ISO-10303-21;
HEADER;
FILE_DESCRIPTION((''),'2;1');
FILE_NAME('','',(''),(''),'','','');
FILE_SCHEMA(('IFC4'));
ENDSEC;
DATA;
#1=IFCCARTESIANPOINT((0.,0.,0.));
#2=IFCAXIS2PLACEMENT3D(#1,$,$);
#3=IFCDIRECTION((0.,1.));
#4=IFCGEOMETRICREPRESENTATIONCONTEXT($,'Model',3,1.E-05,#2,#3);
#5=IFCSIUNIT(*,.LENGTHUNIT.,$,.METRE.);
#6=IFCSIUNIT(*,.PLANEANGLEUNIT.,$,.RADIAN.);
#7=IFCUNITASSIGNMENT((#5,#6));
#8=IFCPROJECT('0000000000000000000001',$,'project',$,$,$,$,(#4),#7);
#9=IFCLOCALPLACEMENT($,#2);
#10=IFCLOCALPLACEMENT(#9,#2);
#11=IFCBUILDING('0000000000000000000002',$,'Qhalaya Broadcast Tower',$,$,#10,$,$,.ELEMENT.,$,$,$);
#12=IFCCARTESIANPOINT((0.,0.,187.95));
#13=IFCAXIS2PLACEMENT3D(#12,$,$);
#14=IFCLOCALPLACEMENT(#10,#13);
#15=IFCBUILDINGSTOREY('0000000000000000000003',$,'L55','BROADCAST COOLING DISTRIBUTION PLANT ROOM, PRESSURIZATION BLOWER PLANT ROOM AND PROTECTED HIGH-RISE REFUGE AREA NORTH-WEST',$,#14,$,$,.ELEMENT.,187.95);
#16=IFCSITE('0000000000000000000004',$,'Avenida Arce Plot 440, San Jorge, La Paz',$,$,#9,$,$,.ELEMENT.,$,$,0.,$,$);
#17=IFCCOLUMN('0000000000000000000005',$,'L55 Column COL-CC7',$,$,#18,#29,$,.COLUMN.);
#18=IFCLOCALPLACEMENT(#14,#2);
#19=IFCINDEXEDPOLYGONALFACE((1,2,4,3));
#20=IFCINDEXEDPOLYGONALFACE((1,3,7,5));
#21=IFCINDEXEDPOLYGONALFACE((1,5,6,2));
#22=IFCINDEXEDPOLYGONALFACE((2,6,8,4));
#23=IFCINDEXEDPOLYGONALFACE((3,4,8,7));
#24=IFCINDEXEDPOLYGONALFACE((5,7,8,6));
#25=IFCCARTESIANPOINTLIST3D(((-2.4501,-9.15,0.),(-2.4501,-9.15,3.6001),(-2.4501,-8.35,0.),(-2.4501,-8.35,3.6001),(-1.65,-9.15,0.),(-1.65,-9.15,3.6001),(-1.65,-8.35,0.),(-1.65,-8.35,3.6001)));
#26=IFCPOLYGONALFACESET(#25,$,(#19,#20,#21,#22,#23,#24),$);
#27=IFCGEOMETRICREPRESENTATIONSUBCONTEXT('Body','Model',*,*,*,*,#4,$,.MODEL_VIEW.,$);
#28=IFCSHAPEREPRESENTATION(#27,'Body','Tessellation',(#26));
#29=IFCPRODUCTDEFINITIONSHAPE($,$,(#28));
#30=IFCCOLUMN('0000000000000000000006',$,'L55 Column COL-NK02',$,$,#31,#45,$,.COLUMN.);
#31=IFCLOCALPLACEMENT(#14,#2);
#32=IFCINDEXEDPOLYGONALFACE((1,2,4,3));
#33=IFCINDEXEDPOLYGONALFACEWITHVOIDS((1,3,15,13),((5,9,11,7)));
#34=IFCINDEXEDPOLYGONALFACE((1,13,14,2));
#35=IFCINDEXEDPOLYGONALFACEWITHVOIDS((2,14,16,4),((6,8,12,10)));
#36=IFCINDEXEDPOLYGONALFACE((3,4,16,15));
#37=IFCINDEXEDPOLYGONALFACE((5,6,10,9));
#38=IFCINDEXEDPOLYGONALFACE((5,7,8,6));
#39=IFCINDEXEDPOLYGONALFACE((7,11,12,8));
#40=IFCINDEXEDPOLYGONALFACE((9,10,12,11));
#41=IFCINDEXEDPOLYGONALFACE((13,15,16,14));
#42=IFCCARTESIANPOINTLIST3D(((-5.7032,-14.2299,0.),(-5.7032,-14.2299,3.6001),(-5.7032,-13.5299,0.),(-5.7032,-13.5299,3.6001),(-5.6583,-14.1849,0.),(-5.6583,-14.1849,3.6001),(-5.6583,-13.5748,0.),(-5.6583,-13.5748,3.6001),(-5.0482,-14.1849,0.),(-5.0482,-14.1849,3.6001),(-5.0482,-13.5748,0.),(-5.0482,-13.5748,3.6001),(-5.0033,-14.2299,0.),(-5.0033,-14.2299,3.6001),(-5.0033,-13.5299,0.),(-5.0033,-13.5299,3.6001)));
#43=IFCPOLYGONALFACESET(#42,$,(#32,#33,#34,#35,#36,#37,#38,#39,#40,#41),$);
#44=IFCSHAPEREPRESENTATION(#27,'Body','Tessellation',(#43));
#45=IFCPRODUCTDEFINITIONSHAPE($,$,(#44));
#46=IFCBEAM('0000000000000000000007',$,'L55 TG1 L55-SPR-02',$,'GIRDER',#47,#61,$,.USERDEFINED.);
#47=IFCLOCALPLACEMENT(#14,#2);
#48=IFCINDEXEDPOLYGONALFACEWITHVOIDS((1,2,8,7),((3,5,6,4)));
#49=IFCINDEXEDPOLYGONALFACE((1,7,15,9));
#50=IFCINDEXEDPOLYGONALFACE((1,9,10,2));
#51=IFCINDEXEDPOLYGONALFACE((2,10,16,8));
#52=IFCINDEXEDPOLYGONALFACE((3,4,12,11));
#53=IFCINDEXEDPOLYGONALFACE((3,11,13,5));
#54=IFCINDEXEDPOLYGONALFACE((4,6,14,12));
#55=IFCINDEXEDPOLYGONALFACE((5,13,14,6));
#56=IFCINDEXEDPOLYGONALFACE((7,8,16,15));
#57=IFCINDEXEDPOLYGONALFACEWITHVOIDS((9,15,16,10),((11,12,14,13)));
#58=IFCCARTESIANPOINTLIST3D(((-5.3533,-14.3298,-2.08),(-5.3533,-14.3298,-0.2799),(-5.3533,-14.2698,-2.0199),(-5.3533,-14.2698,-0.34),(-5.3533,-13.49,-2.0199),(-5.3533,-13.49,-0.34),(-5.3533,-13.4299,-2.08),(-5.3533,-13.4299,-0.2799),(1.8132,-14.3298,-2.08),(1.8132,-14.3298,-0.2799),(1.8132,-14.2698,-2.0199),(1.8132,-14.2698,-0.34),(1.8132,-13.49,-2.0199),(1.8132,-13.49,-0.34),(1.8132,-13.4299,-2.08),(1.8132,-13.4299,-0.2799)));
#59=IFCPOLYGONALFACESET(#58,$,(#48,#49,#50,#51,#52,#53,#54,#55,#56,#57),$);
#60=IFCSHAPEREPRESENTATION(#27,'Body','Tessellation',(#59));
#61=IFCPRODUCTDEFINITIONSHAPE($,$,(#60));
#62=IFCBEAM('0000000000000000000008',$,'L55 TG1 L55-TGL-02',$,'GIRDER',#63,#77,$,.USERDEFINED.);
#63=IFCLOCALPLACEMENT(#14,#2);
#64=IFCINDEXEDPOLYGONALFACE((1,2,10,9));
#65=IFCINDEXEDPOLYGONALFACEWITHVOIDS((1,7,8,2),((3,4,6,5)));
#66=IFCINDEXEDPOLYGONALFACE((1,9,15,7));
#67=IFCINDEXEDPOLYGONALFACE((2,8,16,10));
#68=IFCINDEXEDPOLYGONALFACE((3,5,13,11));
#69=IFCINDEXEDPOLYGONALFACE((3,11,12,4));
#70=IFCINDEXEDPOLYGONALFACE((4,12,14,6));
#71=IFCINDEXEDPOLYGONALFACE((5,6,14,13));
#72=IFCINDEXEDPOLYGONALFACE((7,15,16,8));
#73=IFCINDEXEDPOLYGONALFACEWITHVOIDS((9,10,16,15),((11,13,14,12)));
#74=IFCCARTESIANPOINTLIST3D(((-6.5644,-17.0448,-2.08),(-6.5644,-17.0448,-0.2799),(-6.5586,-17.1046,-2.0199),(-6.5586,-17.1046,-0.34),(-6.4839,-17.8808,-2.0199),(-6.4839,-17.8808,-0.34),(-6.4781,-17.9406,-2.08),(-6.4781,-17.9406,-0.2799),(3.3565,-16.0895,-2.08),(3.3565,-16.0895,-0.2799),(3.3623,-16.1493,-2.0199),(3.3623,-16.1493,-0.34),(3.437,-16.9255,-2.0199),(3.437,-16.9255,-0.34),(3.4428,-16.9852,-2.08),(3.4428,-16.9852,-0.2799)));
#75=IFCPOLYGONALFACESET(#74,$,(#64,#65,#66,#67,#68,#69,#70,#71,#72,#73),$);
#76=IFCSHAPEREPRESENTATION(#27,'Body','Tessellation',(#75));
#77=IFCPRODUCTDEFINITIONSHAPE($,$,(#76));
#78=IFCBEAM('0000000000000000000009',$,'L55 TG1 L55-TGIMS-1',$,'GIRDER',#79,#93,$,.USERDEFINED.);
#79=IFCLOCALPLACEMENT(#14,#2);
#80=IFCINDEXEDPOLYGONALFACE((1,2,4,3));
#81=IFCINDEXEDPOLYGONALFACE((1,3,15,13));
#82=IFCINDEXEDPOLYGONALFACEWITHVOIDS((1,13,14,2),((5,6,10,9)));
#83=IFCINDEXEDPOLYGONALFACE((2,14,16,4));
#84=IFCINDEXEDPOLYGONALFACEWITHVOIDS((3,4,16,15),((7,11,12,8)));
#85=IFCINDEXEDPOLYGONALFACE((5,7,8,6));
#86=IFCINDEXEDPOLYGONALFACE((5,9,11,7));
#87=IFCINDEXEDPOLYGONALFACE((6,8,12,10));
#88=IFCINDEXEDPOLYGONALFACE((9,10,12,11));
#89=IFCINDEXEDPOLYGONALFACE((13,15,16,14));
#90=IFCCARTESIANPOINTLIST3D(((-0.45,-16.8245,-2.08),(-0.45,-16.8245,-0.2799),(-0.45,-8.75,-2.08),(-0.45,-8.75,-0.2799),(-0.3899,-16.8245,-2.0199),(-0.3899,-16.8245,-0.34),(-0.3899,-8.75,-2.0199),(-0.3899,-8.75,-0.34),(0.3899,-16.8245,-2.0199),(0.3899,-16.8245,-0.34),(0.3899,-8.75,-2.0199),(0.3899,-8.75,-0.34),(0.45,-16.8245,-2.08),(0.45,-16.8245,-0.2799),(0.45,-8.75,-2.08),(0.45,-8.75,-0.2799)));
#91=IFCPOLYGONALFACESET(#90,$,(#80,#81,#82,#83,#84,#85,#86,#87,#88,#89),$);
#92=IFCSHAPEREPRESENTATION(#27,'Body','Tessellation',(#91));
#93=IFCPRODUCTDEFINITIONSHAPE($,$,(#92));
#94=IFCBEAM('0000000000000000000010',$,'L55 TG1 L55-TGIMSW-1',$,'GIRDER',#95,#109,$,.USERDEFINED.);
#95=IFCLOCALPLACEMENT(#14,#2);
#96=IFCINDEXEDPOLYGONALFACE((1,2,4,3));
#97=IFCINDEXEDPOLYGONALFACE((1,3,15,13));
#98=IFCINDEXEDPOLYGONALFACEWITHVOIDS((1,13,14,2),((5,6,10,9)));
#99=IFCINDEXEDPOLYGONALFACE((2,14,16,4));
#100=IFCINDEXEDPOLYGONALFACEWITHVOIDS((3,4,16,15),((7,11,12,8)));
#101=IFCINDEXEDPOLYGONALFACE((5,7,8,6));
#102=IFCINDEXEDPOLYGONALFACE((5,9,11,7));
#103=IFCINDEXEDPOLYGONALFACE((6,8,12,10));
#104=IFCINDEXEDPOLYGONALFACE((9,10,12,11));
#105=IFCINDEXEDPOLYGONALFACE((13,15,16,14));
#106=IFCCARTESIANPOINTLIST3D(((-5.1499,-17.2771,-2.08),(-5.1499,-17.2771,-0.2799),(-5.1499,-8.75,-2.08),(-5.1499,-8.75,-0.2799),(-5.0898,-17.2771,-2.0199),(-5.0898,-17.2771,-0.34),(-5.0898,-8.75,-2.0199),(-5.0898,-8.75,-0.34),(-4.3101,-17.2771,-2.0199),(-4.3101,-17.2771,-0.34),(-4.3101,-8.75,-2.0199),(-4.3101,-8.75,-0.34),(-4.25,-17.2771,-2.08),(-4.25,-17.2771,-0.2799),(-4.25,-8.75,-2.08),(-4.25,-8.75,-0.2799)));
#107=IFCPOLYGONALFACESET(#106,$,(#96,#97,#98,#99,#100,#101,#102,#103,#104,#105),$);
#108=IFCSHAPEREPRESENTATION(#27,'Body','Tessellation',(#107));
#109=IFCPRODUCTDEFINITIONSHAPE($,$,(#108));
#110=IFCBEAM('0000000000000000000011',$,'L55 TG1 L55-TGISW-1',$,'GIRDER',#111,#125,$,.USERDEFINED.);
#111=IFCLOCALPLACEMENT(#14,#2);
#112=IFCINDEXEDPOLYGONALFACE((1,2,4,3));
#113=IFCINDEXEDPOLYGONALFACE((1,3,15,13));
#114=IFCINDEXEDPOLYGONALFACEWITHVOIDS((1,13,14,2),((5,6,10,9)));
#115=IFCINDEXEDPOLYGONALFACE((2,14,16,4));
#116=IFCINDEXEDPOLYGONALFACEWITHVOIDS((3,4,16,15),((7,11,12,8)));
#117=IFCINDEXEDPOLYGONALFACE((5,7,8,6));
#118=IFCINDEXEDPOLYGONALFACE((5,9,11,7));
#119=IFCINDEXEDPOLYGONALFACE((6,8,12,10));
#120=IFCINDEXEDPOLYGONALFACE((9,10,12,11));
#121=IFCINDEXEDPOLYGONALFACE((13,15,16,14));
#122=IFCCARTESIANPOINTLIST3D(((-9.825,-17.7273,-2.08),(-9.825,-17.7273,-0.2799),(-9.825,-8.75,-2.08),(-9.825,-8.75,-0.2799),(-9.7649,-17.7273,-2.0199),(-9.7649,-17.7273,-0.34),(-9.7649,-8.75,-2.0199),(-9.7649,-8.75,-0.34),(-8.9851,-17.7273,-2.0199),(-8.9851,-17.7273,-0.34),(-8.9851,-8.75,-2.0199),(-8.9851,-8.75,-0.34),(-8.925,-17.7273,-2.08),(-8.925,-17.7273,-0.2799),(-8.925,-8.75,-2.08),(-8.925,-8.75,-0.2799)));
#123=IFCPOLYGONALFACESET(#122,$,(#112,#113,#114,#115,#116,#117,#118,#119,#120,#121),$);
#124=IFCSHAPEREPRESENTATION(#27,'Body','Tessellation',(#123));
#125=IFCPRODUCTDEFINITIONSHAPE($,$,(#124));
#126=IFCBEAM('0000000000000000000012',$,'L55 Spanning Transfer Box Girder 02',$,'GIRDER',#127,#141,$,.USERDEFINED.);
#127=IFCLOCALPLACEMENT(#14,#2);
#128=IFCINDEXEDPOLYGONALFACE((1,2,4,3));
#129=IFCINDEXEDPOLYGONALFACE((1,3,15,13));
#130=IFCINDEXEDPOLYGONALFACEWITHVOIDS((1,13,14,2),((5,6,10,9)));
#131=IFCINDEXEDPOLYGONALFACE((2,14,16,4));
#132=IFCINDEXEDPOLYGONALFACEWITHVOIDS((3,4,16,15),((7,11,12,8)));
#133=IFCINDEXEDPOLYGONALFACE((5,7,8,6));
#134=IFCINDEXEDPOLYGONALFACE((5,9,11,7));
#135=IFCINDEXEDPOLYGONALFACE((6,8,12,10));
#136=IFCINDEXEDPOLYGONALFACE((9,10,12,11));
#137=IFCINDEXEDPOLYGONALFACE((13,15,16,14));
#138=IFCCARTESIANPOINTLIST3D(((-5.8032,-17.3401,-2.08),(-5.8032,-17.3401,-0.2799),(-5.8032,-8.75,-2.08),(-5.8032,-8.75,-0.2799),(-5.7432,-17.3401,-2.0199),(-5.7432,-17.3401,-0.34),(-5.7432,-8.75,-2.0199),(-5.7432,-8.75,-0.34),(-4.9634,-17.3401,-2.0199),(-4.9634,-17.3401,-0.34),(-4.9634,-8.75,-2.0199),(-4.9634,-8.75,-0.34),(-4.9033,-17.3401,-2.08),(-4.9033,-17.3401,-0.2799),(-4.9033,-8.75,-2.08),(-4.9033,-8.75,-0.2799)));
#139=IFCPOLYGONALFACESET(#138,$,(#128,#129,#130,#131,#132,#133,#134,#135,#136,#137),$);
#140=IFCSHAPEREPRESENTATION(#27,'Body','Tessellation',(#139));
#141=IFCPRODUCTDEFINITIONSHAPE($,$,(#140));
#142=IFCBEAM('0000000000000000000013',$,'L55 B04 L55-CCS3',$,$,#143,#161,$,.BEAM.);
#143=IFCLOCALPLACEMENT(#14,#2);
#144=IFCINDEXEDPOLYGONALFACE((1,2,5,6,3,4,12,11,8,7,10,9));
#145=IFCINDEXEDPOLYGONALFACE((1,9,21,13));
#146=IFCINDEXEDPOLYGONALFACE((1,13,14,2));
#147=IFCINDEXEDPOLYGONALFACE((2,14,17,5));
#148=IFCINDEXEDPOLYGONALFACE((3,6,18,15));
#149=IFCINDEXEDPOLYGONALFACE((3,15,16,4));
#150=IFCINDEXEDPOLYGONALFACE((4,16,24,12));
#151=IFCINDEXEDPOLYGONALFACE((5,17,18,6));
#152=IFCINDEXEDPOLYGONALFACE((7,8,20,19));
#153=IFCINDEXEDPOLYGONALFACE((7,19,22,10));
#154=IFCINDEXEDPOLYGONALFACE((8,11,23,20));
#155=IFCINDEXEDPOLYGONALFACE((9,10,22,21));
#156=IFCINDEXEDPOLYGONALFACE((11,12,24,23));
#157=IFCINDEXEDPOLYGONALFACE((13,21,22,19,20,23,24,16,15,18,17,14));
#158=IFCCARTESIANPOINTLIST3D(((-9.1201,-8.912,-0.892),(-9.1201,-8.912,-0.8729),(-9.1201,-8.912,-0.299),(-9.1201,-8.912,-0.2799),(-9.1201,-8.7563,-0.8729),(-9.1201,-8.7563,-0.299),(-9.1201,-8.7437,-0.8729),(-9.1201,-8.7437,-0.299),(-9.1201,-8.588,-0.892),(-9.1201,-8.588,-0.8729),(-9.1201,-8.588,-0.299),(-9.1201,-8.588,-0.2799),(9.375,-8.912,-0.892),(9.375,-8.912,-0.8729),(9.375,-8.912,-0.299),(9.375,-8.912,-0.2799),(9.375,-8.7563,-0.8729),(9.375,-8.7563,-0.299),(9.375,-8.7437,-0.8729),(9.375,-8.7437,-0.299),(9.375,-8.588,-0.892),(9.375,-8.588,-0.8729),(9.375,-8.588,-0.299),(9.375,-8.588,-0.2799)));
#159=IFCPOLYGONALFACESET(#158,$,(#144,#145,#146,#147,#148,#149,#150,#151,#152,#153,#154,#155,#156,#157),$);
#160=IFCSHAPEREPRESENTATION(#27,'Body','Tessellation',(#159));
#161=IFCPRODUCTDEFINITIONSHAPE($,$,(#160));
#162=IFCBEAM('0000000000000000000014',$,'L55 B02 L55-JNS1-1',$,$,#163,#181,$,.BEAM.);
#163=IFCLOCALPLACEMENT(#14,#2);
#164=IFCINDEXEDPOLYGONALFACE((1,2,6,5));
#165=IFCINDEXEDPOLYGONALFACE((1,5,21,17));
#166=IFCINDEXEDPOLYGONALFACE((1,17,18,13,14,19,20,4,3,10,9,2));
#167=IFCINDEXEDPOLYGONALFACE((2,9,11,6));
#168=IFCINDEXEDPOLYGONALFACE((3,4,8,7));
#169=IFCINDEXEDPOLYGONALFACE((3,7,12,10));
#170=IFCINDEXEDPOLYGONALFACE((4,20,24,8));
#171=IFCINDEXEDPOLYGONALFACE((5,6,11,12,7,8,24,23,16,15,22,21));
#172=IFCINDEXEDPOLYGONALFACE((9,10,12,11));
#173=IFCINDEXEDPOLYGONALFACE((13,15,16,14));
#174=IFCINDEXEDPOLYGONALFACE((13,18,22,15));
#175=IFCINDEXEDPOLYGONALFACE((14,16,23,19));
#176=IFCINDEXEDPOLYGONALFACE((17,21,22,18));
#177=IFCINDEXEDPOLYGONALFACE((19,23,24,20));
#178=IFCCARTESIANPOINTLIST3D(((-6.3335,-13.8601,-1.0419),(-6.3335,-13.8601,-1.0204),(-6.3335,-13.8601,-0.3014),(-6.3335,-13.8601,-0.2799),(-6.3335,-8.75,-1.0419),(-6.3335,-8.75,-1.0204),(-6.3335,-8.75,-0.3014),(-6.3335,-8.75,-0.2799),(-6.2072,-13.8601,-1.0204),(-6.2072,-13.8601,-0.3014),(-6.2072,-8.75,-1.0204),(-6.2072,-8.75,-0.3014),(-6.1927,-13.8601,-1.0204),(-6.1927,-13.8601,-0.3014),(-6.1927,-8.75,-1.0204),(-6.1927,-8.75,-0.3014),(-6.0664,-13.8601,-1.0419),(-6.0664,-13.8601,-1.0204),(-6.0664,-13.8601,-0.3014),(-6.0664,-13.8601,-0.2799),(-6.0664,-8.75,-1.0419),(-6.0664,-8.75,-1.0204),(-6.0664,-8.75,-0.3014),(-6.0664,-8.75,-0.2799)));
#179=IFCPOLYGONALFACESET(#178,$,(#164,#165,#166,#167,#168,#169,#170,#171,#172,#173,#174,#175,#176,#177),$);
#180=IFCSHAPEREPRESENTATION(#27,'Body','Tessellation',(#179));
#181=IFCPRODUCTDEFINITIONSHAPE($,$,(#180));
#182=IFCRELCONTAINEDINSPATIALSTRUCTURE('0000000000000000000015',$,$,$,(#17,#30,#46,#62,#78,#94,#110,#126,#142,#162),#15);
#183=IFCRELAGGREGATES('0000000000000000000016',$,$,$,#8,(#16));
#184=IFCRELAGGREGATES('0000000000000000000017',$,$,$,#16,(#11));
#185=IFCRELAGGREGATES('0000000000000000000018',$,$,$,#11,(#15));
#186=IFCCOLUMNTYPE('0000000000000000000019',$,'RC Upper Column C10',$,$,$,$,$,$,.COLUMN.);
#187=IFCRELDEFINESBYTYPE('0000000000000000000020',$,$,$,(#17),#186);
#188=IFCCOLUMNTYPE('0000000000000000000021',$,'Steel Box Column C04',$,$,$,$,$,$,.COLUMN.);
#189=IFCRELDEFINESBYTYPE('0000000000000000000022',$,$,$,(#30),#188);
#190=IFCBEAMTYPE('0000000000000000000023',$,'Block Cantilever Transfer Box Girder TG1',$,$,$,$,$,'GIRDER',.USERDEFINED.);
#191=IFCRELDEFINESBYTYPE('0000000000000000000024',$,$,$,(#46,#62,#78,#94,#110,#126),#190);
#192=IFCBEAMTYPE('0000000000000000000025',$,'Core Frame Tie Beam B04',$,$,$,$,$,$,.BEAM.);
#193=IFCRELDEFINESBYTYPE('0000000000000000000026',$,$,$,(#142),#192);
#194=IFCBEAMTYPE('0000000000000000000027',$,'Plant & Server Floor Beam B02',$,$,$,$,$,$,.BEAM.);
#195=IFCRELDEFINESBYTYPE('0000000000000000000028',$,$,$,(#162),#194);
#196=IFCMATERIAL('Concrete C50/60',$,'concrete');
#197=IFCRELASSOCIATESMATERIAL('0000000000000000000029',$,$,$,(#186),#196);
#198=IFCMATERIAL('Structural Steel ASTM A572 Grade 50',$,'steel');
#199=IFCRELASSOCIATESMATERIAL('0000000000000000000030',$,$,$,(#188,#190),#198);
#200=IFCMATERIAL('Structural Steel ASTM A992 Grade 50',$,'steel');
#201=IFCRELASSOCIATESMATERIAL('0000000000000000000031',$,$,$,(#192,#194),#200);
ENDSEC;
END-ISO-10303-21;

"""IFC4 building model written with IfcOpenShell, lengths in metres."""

from ifc_helpers import new_model, si_unit, direction, frame, origin, origin_2d, place, context, subcontext, project, spatial, rectangle, hollow_rectangle, i_section, extrude, material, material_profile, profile_set, type_object, element, save


model = new_model("IFC4")

# Units and contexts
model_context = context("Model", 3, precision=1e-05, world=origin(), true_north=direction((0.0, 1.0)))
body_context = subcontext(model_context, "Body", "Model", "MODEL_VIEW")
ifc_project = project(units=[si_unit("LENGTHUNIT", "METRE"), si_unit("PLANEANGLEUNIT", "RADIAN")], contexts=[model_context])

# Site, building, storey
site_placement = place(None, origin())
site = spatial("IfcSite", under=ifc_project, at=site_placement, Name="Avenida Arce Plot 440, San Jorge, La Paz", CompositionType="ELEMENT", RefElevation=0.0)
building_placement = place(site_placement, origin())
building = spatial("IfcBuilding", under=site, at=building_placement, Name="Qhalaya Broadcast Tower", CompositionType="ELEMENT")
storey_placement = place(building_placement, frame((0.0, 0.0, 187.95)))
storey = spatial("IfcBuildingStorey", under=building, at=storey_placement, Name="L55", Description="BROADCAST COOLING DISTRIBUTION PLANT ROOM, PRESSURIZATION BLOWER PLANT ROOM AND PROTECTED HIGH-RISE REFUGE AREA NORTH-WEST", CompositionType="ELEMENT", Elevation=187.95)

# Columns
ifc_material_1 = material(Name="Concrete C50/60", Category="concrete")
ifc_material_profile_1 = material_profile(ifc_material_1, rectangle(XDim=0.8, YDim=0.8, at=origin_2d()), Name="RC-COL 800x800")
ifc_profile_set_1 = profile_set([ifc_material_profile_1], Name="Concrete C50/60")
column_type_1 = type_object("IfcColumnType", Name="RC Upper Column C10", PredefinedType="COLUMN", material=ifc_profile_set_1)
column_1_placement = place(storey_placement, frame((-2.05, -8.75, 0.0), z_axis=(0.0, 0.0, 1.0), x_axis=(1.0, 0.0, 0.0)))
element("IfcColumn", 1, at=column_1_placement, inside=storey, type_object=column_type_1, Name="L55 Column COL-CC7", PredefinedType="COLUMN", context=body_context, shape_type="SweptSolid", body=[
    extrude(rectangle(XDim=0.8, YDim=0.8, at=origin_2d()), origin(), (0.0, 0.0, 1.0), 3.6001),
])
ifc_material_2 = material(Name="Structural Steel ASTM A572 Grade 50", Category="steel")
ifc_material_profile_2 = material_profile(ifc_material_2, hollow_rectangle(XDim=0.7, YDim=0.7, WallThickness=0.0449, at=origin_2d()), Name="BOX 700x700x45")
ifc_profile_set_2 = profile_set([ifc_material_profile_2], Name="Structural Steel ASTM A572 Grade 50")
column_type_2 = type_object("IfcColumnType", Name="Steel Box Column C04", PredefinedType="COLUMN", material=ifc_profile_set_2)
column_2_placement = place(storey_placement, frame((-5.3533, -13.8799, 0.0), z_axis=(0.0, 0.0, 1.0), x_axis=(1.0, 0.0, 0.0)))
element("IfcColumn", 2, at=column_2_placement, inside=storey, type_object=column_type_2, Name="L55 Column COL-NK02", PredefinedType="COLUMN", context=body_context, shape_type="SweptSolid", body=[
    extrude(hollow_rectangle(XDim=0.7, YDim=0.7, WallThickness=0.0449, at=origin_2d()), origin(), (0.0, 0.0, 1.0), 3.6001),
])

# Beams
ifc_material_profile_3 = material_profile(ifc_material_2, hollow_rectangle(XDim=0.8999, YDim=1.8, WallThickness=0.0601, at=origin_2d()), Name="BOX 900x1800x60")
ifc_profile_set_3 = profile_set([ifc_material_profile_3], Name="Structural Steel ASTM A572 Grade 50")
beam_type_1 = type_object("IfcBeamType", Name="Block Cantilever Transfer Box Girder TG1", ElementType="GIRDER", PredefinedType="USERDEFINED", material=ifc_profile_set_3)
beam_1_placement = place(storey_placement, frame((-5.3533, -13.8799, -1.1799), z_axis=(1.0, 0.0, 0.0), x_axis=(0.0, 1.0, 0.0)))
element("IfcBeam", 3, at=beam_1_placement, inside=storey, type_object=beam_type_1, Name="L55 TG1 L55-SPR-02", ObjectType="GIRDER", PredefinedType="USERDEFINED", context=body_context, shape_type="SweptSolid", body=[
    extrude(hollow_rectangle(XDim=0.8999, YDim=1.8, WallThickness=0.0601, at=origin_2d()), origin(), (0.0, 0.0, 1.0), 7.1665),
])
beam_2_placement = place(storey_placement, frame((-6.5212, -17.4927, -1.1799), z_axis=(0.995396, 0.095851, 0.0), x_axis=(-0.095851, 0.995396, 0.0)))
element("IfcBeam", 4, at=beam_2_placement, inside=storey, type_object=beam_type_1, Name="L55 TG1 L55-TGL-02", ObjectType="GIRDER", PredefinedType="USERDEFINED", context=body_context, shape_type="SweptSolid", body=[
    extrude(hollow_rectangle(XDim=0.8999, YDim=1.8, WallThickness=0.0601, at=origin_2d()), origin(), (0.0, 0.0, 1.0), 9.9668),
])
beam_3_placement = place(storey_placement, frame((0.0, -16.8245, -1.1799), z_axis=(0.0, 1.0, 0.0), x_axis=(-1.0, 0.0, 0.0)))
element("IfcBeam", 5, at=beam_3_placement, inside=storey, type_object=beam_type_1, Name="L55 TG1 L55-TGIMS-1", ObjectType="GIRDER", PredefinedType="USERDEFINED", context=body_context, shape_type="SweptSolid", body=[
    extrude(hollow_rectangle(XDim=0.8999, YDim=1.8, WallThickness=0.0601, at=origin_2d()), origin(), (0.0, 0.0, 1.0), 8.0745),
])
beam_4_placement = place(storey_placement, frame((-4.7, -17.2771, -1.1799), z_axis=(0.0, 1.0, 0.0), x_axis=(-1.0, 0.0, 0.0)))
element("IfcBeam", 6, at=beam_4_placement, inside=storey, type_object=beam_type_1, Name="L55 TG1 L55-TGIMSW-1", ObjectType="GIRDER", PredefinedType="USERDEFINED", context=body_context, shape_type="SweptSolid", body=[
    extrude(hollow_rectangle(XDim=0.8999, YDim=1.8, WallThickness=0.0601, at=origin_2d()), origin(), (0.0, 0.0, 1.0), 8.5271),
])
beam_5_placement = place(storey_placement, frame((-9.375, -17.7273, -1.1799), z_axis=(0.0, 1.0, 0.0), x_axis=(-1.0, 0.0, 0.0)))
element("IfcBeam", 7, at=beam_5_placement, inside=storey, type_object=beam_type_1, Name="L55 TG1 L55-TGISW-1", ObjectType="GIRDER", PredefinedType="USERDEFINED", context=body_context, shape_type="SweptSolid", body=[
    extrude(hollow_rectangle(XDim=0.8999, YDim=1.8, WallThickness=0.0601, at=origin_2d()), origin(), (0.0, 0.0, 1.0), 8.9773),
])
beam_6_placement = place(storey_placement, frame((-5.3533, -17.3401, -1.1799), z_axis=(0.0, 1.0, 0.0), x_axis=(-1.0, 0.0, 0.0)))
element("IfcBeam", 8, at=beam_6_placement, inside=storey, type_object=beam_type_1, Name="L55 Spanning Transfer Box Girder 02", ObjectType="GIRDER", PredefinedType="USERDEFINED", context=body_context, shape_type="SweptSolid", body=[
    extrude(hollow_rectangle(XDim=0.8999, YDim=1.8, WallThickness=0.0601, at=origin_2d()), origin(), (0.0, 0.0, 1.0), 8.5901),
])
ifc_material_3 = material(Name="Structural Steel ASTM A992 Grade 50", Category="steel")
ifc_material_profile_4 = material_profile(ifc_material_3, i_section(OverallWidth=0.324, OverallDepth=0.6121, WebThickness=0.0127, FlangeThickness=0.019, at=origin_2d()), Name="W24X104")
ifc_profile_set_4 = profile_set([ifc_material_profile_4], Name="Structural Steel ASTM A992 Grade 50")
beam_type_2 = type_object("IfcBeamType", Name="Core Frame Tie Beam B04", PredefinedType="BEAM", material=ifc_profile_set_4)
beam_7_placement = place(storey_placement, frame((-9.1201, -8.75, -0.5859), z_axis=(1.0, 0.0, 0.0), x_axis=(0.0, 1.0, 0.0)))
element("IfcBeam", 9, at=beam_7_placement, inside=storey, type_object=beam_type_2, Name="L55 B04 L55-CCS3", PredefinedType="BEAM", context=body_context, shape_type="SweptSolid", body=[
    extrude(i_section(OverallWidth=0.324, OverallDepth=0.6121, WebThickness=0.0127, FlangeThickness=0.019, at=origin_2d()), origin(), (0.0, 0.0, 1.0), 18.4951),
])
ifc_material_profile_5 = material_profile(ifc_material_3, i_section(OverallWidth=0.2671, OverallDepth=0.762, WebThickness=0.0144, FlangeThickness=0.0215, at=origin_2d()), Name="W30X116")
ifc_profile_set_5 = profile_set([ifc_material_profile_5], Name="Structural Steel ASTM A992 Grade 50")
beam_type_3 = type_object("IfcBeamType", Name="Plant & Server Floor Beam B02", PredefinedType="BEAM", material=ifc_profile_set_5)
for number, where, z_axis, x_axis, name in (
    (10, (-6.2, -13.8601, -0.6609), (0.0, 1.0, 0.0), (-1.0, 0.0, 0.0), "L55 B02 L55-JNS1-1"),
):
    element("IfcBeam", number, at=place(storey_placement, frame(where, z_axis=z_axis, x_axis=x_axis)), inside=storey, type_object=beam_type_3, Name=name, PredefinedType="BEAM", context=body_context, shape_type="SweptSolid", body=[
        extrude(i_section(OverallWidth=0.2671, OverallDepth=0.762, WebThickness=0.0144, FlangeThickness=0.0215, at=origin_2d()), origin(), (0.0, 0.0, 1.0), 5.1101),
    ])

save(model, "model.ifc")
